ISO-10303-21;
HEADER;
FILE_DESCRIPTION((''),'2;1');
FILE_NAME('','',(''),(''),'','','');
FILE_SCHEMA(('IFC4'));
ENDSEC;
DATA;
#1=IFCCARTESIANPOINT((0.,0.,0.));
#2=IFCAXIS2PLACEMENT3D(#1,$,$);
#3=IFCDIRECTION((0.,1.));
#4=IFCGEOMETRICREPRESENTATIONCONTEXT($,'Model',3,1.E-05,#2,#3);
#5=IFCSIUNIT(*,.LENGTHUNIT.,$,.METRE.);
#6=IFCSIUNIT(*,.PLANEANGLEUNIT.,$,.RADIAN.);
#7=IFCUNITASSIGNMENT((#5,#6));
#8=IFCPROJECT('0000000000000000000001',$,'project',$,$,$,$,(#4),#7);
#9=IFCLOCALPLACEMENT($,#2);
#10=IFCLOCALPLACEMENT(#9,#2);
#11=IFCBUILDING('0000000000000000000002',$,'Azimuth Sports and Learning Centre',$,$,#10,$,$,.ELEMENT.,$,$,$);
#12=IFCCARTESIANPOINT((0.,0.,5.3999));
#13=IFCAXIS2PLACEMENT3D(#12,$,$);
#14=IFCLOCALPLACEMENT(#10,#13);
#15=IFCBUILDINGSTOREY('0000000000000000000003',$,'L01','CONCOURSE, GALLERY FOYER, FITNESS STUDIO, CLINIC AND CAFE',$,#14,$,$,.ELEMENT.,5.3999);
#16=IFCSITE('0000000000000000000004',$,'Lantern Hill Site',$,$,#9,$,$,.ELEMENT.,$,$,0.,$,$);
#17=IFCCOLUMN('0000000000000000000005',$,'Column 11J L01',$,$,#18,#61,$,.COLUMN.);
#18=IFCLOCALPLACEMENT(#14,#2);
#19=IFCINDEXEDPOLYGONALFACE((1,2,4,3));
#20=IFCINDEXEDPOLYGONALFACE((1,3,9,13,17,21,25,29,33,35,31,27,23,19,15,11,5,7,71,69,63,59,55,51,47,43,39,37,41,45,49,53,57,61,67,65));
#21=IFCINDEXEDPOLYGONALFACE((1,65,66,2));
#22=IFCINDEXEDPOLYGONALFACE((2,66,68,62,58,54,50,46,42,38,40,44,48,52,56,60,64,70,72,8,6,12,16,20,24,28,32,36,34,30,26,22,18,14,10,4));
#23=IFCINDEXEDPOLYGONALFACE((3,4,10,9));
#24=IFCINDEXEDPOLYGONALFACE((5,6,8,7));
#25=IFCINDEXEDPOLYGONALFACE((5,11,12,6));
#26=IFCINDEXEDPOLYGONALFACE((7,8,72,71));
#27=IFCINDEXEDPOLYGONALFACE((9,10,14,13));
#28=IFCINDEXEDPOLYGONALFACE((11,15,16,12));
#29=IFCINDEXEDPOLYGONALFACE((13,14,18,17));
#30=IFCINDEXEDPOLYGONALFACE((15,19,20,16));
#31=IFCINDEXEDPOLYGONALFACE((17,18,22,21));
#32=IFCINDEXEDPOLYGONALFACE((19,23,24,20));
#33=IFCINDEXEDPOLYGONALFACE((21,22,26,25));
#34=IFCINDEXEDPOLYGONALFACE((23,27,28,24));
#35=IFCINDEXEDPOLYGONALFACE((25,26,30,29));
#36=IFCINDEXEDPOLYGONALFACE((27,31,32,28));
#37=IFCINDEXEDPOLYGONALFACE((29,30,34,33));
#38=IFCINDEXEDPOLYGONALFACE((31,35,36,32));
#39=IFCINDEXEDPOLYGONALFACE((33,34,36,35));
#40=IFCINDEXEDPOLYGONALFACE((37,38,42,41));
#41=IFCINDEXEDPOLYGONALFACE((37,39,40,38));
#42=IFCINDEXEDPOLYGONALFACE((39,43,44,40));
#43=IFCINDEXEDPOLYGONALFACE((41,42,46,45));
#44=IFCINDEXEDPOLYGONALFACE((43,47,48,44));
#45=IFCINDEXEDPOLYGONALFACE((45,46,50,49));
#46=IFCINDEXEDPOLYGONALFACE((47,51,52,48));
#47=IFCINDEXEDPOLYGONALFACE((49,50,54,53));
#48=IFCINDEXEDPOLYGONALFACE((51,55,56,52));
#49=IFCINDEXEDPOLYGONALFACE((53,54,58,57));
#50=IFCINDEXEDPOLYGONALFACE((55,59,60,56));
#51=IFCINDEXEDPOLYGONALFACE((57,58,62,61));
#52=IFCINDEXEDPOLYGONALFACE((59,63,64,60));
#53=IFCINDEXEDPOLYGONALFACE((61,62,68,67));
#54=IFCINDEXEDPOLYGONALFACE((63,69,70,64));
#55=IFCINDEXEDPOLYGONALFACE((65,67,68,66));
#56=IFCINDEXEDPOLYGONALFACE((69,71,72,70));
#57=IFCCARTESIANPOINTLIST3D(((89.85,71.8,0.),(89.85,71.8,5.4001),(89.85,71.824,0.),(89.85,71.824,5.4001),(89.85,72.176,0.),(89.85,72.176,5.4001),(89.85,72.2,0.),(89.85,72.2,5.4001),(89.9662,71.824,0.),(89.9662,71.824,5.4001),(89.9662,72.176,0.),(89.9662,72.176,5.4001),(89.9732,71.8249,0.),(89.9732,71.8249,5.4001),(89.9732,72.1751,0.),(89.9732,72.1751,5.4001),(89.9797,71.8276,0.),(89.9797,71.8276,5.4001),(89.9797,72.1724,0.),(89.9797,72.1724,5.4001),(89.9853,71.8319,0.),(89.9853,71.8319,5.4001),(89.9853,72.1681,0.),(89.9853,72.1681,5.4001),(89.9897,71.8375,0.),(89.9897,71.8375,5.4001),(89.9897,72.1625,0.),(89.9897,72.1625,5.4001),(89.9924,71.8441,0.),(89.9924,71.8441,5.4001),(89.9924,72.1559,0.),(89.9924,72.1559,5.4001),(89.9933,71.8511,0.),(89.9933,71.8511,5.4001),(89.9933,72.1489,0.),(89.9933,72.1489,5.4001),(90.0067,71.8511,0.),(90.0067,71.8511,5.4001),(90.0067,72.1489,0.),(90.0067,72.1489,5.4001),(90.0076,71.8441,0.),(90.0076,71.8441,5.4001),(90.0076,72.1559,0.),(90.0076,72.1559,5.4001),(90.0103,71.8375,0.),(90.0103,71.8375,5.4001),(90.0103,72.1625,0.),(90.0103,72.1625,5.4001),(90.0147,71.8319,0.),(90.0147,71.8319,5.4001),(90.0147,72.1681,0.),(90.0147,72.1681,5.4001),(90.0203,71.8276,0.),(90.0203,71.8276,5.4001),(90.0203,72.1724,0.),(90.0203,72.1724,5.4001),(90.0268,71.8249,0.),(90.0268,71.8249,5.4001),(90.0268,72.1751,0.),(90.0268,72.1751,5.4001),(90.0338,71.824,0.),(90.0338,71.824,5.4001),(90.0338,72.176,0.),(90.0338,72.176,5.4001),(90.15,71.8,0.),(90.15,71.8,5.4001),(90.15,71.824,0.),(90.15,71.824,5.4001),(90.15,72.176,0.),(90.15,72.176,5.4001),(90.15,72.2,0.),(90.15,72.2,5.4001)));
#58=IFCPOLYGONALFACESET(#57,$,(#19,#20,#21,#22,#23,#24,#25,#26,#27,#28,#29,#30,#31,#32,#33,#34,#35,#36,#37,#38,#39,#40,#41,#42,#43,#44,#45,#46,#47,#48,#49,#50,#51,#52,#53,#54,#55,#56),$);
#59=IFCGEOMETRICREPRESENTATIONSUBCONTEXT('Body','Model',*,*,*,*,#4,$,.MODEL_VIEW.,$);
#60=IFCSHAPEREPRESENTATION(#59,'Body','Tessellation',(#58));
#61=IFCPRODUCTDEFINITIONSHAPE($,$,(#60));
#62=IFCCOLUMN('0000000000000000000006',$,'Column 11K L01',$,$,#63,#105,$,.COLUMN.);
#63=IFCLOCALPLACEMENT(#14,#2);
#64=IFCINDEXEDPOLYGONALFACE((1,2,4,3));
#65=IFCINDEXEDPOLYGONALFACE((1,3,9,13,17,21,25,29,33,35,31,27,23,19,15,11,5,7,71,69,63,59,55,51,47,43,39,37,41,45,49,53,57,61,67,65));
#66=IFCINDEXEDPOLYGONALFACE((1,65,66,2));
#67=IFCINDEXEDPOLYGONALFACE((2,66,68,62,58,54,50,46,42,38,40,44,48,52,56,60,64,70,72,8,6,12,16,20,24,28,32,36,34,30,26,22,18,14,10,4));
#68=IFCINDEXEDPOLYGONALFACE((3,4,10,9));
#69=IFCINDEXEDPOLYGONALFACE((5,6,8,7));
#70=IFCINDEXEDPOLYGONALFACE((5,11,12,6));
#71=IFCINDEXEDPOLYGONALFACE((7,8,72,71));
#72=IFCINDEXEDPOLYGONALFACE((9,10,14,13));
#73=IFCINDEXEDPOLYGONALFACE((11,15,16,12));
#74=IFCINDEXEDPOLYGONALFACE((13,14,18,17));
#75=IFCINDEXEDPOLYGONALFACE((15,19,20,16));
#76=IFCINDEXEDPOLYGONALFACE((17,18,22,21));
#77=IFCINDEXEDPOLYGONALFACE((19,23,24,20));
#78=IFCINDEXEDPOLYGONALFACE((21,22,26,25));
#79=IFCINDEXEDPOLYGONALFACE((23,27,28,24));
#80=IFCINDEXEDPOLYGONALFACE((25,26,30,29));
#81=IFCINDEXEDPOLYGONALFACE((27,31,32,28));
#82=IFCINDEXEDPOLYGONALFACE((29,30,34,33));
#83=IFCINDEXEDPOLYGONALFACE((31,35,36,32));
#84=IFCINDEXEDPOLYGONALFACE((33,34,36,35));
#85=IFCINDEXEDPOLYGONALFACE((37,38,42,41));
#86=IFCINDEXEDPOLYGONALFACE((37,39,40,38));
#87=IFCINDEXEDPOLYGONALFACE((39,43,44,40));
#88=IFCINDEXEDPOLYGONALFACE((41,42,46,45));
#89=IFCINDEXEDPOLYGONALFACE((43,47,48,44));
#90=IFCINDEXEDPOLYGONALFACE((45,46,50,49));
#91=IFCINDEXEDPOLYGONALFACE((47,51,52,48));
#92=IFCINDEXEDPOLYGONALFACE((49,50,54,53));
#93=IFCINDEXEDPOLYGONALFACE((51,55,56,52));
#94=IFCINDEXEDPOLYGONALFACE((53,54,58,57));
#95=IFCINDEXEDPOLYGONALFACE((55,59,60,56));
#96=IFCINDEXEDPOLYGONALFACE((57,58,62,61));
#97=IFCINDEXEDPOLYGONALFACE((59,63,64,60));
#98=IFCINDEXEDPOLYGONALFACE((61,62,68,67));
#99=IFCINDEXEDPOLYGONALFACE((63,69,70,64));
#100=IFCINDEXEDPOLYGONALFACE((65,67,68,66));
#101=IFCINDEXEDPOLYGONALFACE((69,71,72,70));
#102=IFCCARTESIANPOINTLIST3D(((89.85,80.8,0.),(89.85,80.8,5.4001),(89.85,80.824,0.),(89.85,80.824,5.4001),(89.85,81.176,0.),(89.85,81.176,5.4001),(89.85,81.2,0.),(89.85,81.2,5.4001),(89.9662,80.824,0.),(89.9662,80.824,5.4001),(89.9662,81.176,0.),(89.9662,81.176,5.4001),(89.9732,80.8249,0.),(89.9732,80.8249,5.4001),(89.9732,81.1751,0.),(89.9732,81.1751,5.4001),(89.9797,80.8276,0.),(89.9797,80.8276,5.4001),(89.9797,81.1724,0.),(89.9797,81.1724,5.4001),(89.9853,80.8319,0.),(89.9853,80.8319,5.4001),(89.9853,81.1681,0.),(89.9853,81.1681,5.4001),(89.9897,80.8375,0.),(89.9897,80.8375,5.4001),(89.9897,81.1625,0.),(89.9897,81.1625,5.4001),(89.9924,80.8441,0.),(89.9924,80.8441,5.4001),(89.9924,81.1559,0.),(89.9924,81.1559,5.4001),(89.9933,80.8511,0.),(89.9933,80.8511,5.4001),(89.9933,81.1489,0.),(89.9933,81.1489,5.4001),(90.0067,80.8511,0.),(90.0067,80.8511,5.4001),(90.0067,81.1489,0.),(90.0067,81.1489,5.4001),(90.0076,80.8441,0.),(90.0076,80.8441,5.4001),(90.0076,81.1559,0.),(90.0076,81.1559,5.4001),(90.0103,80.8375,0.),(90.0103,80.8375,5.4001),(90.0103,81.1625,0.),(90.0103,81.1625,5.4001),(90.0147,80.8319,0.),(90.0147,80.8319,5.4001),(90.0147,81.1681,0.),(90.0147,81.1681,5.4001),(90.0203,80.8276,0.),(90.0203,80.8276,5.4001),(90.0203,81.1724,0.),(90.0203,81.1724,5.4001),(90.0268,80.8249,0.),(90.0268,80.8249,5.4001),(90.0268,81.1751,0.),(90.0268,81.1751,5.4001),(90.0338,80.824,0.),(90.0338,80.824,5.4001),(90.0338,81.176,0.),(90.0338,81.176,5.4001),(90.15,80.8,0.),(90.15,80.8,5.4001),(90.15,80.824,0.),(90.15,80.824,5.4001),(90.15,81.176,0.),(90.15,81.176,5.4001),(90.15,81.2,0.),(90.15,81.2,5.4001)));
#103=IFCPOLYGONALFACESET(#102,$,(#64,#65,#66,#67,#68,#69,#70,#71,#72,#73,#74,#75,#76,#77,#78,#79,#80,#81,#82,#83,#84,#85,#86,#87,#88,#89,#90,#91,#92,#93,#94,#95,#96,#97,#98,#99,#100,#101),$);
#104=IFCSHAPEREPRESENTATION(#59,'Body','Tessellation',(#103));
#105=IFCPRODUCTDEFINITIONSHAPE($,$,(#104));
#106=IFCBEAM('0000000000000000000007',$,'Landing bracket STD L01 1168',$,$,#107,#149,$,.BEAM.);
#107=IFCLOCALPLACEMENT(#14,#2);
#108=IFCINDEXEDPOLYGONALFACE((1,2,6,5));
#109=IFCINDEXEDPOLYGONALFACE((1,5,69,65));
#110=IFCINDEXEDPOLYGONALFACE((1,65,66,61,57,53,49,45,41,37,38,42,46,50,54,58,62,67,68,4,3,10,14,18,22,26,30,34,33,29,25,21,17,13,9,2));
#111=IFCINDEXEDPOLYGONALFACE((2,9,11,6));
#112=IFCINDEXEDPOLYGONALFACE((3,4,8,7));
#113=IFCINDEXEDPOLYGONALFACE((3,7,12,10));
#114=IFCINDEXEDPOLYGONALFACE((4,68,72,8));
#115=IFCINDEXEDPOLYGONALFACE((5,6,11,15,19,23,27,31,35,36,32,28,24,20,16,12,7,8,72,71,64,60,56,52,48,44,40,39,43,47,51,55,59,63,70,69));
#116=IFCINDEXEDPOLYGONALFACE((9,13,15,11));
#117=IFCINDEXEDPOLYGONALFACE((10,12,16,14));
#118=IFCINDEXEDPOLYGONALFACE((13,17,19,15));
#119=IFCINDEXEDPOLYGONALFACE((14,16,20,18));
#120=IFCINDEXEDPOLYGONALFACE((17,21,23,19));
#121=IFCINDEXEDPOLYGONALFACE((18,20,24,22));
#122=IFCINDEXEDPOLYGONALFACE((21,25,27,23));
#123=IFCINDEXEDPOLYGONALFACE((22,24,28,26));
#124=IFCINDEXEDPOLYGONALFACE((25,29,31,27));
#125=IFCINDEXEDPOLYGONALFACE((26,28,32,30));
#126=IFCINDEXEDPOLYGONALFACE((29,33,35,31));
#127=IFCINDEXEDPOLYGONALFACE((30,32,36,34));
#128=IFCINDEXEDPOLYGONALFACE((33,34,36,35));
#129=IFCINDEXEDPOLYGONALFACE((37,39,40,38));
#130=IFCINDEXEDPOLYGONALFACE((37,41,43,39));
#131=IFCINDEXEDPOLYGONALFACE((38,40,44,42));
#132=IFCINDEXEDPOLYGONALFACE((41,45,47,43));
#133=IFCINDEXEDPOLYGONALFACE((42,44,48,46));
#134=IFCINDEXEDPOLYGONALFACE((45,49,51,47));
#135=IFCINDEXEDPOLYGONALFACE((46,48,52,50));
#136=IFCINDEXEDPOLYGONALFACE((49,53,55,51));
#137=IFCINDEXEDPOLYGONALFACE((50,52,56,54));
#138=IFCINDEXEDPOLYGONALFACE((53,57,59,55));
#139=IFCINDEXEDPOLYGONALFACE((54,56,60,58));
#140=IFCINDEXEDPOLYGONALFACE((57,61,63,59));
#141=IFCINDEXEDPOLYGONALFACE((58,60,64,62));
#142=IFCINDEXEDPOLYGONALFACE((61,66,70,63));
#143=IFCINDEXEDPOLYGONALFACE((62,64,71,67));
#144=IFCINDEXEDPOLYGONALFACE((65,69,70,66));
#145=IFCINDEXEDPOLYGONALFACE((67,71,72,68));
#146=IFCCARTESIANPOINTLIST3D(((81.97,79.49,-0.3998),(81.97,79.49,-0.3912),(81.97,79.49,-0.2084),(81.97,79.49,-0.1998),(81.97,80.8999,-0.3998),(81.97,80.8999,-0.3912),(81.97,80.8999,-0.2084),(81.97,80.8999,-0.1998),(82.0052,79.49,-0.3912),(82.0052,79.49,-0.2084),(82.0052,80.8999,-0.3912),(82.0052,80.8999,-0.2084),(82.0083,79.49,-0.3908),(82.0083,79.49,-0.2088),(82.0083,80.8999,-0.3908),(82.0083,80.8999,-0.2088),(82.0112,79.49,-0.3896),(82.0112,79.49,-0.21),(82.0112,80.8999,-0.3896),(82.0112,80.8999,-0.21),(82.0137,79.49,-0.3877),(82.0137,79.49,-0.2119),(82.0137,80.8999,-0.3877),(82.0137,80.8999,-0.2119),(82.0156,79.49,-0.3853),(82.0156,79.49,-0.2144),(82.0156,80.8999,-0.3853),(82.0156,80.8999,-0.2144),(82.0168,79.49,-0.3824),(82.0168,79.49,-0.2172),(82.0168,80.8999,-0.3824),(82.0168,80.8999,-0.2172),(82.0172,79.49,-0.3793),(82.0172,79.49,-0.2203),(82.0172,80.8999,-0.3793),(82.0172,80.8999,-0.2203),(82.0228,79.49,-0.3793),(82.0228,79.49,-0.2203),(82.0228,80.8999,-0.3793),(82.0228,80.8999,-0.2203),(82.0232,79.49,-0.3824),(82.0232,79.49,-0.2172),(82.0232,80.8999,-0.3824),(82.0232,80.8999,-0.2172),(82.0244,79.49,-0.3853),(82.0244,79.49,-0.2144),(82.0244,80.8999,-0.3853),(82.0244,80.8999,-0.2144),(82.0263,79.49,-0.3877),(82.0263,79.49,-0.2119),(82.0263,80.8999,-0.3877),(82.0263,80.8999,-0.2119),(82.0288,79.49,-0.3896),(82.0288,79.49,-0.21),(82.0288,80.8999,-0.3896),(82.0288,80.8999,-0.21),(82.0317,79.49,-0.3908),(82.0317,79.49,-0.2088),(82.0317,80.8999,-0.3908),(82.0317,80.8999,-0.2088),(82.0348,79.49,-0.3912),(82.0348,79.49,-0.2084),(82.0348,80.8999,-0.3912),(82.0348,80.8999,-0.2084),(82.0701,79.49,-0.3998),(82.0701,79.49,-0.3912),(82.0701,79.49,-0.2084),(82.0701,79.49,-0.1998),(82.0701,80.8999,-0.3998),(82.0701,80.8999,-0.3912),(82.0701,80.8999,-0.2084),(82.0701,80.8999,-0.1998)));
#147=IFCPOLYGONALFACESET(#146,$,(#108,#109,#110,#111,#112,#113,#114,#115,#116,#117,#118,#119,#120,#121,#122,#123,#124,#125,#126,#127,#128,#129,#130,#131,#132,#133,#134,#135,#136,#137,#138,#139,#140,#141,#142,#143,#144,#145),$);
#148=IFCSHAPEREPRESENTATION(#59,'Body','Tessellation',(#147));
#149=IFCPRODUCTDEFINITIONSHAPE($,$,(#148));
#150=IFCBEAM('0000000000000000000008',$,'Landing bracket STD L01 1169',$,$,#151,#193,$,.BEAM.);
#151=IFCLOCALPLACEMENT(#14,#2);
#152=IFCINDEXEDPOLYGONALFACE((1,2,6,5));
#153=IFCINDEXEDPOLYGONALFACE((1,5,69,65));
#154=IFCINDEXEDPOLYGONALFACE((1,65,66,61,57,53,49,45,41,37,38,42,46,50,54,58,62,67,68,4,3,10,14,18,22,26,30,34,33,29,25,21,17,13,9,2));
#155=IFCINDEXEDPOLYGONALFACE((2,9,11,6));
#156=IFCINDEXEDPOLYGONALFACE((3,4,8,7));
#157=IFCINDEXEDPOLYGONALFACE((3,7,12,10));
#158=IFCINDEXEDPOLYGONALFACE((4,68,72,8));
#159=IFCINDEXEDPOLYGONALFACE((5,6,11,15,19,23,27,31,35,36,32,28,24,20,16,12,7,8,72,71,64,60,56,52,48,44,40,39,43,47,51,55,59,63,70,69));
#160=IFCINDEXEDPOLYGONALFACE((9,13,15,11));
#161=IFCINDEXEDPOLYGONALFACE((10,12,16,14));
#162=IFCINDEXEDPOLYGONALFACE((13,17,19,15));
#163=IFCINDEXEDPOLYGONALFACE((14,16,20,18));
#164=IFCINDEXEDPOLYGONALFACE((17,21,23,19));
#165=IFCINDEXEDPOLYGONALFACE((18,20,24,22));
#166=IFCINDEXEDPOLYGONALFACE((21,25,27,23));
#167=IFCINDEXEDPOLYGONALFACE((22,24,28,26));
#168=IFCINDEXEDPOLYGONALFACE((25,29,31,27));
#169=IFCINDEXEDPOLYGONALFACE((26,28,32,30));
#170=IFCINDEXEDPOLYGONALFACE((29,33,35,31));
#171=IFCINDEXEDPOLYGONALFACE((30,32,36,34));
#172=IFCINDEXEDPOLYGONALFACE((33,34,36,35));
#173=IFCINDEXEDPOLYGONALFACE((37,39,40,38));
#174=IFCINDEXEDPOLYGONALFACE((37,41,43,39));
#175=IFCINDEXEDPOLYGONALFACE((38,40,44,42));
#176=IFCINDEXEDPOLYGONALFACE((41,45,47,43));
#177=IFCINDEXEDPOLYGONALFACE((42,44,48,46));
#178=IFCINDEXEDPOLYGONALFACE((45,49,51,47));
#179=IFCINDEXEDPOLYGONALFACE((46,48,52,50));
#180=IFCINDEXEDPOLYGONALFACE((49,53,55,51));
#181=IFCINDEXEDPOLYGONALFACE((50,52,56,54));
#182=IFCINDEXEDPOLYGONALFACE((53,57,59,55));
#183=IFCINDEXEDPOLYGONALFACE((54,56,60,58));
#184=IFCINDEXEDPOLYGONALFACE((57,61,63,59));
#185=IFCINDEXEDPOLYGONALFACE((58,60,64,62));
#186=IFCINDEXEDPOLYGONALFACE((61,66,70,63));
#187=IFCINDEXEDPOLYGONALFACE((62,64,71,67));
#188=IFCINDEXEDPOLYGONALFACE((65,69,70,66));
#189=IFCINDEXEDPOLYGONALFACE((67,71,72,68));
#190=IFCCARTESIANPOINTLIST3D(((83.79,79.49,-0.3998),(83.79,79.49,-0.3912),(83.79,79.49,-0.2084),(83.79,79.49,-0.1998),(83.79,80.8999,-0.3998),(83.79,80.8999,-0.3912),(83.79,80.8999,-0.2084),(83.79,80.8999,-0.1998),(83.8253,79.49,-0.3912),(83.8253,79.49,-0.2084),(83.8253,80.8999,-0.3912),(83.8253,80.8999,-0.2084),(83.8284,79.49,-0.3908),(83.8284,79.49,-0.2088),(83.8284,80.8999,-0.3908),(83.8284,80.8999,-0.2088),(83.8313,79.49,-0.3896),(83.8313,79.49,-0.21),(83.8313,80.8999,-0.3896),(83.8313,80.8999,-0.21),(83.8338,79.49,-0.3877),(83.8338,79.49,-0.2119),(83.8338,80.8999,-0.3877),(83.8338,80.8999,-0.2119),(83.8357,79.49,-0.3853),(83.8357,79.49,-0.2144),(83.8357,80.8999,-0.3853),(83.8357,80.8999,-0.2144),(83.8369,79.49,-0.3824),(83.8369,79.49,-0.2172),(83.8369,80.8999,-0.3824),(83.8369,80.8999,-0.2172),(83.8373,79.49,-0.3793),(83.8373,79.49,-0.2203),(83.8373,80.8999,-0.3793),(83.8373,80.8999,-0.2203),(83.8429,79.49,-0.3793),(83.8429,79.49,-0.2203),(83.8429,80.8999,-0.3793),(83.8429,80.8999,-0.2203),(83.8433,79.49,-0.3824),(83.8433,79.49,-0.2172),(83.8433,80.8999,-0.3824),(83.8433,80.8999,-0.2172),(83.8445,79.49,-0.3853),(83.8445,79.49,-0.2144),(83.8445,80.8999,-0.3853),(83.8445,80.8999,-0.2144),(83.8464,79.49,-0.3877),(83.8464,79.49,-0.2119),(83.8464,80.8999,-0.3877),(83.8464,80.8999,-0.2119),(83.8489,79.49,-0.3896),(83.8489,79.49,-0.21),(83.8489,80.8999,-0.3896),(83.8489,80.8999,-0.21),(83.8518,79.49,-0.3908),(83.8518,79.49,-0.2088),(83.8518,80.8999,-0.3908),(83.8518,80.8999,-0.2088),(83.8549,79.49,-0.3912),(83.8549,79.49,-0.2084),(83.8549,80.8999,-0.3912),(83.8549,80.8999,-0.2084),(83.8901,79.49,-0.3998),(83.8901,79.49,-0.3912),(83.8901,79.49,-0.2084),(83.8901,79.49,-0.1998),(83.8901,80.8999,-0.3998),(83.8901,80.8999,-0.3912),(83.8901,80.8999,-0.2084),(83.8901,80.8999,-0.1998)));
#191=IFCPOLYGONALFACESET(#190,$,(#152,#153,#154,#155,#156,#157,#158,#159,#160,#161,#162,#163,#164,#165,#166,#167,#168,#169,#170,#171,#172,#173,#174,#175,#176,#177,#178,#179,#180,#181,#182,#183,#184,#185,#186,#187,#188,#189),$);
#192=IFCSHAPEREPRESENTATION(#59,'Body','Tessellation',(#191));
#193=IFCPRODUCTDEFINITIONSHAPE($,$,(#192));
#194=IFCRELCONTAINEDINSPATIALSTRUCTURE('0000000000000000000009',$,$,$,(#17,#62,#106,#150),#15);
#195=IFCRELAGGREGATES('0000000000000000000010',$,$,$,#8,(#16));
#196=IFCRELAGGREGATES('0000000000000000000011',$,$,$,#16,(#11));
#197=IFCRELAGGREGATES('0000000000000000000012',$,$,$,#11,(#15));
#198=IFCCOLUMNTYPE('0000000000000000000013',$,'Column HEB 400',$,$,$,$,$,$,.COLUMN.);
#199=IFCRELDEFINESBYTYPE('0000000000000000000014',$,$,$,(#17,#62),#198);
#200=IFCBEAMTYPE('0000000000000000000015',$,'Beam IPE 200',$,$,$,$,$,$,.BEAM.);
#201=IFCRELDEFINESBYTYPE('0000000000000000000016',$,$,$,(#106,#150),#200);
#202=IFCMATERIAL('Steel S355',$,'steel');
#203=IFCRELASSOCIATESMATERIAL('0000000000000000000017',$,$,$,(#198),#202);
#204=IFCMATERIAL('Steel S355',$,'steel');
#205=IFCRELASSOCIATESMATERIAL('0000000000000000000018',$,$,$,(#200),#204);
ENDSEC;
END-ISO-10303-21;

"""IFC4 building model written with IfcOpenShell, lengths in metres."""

from ifc_helpers import new_model, si_unit, direction, frame, origin, origin_2d, place, context, subcontext, project, spatial, i_section, extrude, material, material_profile, profile_set, type_object, element, save


model = new_model("IFC4")

# Units and contexts
model_context = context("Model", 3, precision=1e-05, world=origin(), true_north=direction((0.0, 1.0)))
body_context = subcontext(model_context, "Body", "Model", "MODEL_VIEW")
ifc_project = project(units=[si_unit("LENGTHUNIT", "METRE"), si_unit("PLANEANGLEUNIT", "RADIAN")], contexts=[model_context])

# Site, building, storey
site_placement = place(None, origin())
site = spatial("IfcSite", under=ifc_project, at=site_placement, Name="Lantern Hill Site", CompositionType="ELEMENT", RefElevation=0.0)
building_placement = place(site_placement, origin())
building = spatial("IfcBuilding", under=site, at=building_placement, Name="Azimuth Sports and Learning Centre", CompositionType="ELEMENT")
storey_placement = place(building_placement, frame((0.0, 0.0, 5.3999)))
storey = spatial("IfcBuildingStorey", under=building, at=storey_placement, Name="L01", Description="CONCOURSE, GALLERY FOYER, FITNESS STUDIO, CLINIC AND CAFE", CompositionType="ELEMENT", Elevation=5.3999)

# Columns
ifc_material_1 = material(Name="Steel S355", Category="steel")
ifc_material_profile_1 = material_profile(ifc_material_1, i_section(OverallWidth=0.3, OverallDepth=0.3999, WebThickness=0.0134, FlangeThickness=0.0239, FilletRadius=0.0271, at=origin_2d()), Name="HEB 400")
ifc_profile_set_1 = profile_set([ifc_material_profile_1], Name="Steel S355")
column_type = type_object("IfcColumnType", Name="Column HEB 400", PredefinedType="COLUMN", material=ifc_profile_set_1)
for number, where, z_axis, x_axis, name in (
    (1, (90.0, 72.0, 0.0), (0.0, 0.0, 1.0), (1.0, 0.0, 0.0), "Column 11J L01"),
    (2, (90.0, 81.0, 0.0), (0.0, 0.0, 1.0), (1.0, 0.0, 0.0), "Column 11K L01"),
):
    element("IfcColumn", number, at=place(storey_placement, frame(where, z_axis=z_axis, x_axis=x_axis)), inside=storey, type_object=column_type, Name=name, PredefinedType="COLUMN", context=body_context, shape_type="SweptSolid", body=[
        extrude(i_section(OverallWidth=0.3, OverallDepth=0.3999, WebThickness=0.0134, FlangeThickness=0.0239, FilletRadius=0.0271, at=origin_2d()), origin(), (0.0, 0.0, 1.0), 5.4001),
    ])

# Beams
ifc_material_2 = material(Name="Steel S355", Category="steel")
ifc_material_profile_2 = material_profile(ifc_material_2, i_section(OverallWidth=0.1001, OverallDepth=0.2, WebThickness=0.0056, FlangeThickness=0.0085, FilletRadius=0.012, at=origin_2d()), Name="IPE 200")
ifc_profile_set_2 = profile_set([ifc_material_profile_2], Name="Steel S355")
beam_type_1 = type_object("IfcBeamType", Name="Beam IPE 200", PredefinedType="BEAM", material=ifc_profile_set_2)
for number, where, z_axis, x_axis, name in (
    (3, (82.02, 80.8999, -0.2998), (0.0, -1.0, 0.0), (1.0, 0.0, 0.0), "Landing bracket STD L01 1168"),
    (4, (83.8401, 80.8999, -0.2998), (0.0, -1.0, 0.0), (1.0, 0.0, 0.0), "Landing bracket STD L01 1169"),
):
    element("IfcBeam", number, at=place(storey_placement, frame(where, z_axis=z_axis, x_axis=x_axis)), inside=storey, type_object=beam_type_1, Name=name, PredefinedType="BEAM", context=body_context, shape_type="SweptSolid", body=[
        extrude(i_section(OverallWidth=0.1001, OverallDepth=0.2, WebThickness=0.0056, FlangeThickness=0.0085, FilletRadius=0.012, at=origin_2d()), origin(), (0.0, 0.0, 1.0), 1.4099),
    ])

save(model, "model.ifc")
